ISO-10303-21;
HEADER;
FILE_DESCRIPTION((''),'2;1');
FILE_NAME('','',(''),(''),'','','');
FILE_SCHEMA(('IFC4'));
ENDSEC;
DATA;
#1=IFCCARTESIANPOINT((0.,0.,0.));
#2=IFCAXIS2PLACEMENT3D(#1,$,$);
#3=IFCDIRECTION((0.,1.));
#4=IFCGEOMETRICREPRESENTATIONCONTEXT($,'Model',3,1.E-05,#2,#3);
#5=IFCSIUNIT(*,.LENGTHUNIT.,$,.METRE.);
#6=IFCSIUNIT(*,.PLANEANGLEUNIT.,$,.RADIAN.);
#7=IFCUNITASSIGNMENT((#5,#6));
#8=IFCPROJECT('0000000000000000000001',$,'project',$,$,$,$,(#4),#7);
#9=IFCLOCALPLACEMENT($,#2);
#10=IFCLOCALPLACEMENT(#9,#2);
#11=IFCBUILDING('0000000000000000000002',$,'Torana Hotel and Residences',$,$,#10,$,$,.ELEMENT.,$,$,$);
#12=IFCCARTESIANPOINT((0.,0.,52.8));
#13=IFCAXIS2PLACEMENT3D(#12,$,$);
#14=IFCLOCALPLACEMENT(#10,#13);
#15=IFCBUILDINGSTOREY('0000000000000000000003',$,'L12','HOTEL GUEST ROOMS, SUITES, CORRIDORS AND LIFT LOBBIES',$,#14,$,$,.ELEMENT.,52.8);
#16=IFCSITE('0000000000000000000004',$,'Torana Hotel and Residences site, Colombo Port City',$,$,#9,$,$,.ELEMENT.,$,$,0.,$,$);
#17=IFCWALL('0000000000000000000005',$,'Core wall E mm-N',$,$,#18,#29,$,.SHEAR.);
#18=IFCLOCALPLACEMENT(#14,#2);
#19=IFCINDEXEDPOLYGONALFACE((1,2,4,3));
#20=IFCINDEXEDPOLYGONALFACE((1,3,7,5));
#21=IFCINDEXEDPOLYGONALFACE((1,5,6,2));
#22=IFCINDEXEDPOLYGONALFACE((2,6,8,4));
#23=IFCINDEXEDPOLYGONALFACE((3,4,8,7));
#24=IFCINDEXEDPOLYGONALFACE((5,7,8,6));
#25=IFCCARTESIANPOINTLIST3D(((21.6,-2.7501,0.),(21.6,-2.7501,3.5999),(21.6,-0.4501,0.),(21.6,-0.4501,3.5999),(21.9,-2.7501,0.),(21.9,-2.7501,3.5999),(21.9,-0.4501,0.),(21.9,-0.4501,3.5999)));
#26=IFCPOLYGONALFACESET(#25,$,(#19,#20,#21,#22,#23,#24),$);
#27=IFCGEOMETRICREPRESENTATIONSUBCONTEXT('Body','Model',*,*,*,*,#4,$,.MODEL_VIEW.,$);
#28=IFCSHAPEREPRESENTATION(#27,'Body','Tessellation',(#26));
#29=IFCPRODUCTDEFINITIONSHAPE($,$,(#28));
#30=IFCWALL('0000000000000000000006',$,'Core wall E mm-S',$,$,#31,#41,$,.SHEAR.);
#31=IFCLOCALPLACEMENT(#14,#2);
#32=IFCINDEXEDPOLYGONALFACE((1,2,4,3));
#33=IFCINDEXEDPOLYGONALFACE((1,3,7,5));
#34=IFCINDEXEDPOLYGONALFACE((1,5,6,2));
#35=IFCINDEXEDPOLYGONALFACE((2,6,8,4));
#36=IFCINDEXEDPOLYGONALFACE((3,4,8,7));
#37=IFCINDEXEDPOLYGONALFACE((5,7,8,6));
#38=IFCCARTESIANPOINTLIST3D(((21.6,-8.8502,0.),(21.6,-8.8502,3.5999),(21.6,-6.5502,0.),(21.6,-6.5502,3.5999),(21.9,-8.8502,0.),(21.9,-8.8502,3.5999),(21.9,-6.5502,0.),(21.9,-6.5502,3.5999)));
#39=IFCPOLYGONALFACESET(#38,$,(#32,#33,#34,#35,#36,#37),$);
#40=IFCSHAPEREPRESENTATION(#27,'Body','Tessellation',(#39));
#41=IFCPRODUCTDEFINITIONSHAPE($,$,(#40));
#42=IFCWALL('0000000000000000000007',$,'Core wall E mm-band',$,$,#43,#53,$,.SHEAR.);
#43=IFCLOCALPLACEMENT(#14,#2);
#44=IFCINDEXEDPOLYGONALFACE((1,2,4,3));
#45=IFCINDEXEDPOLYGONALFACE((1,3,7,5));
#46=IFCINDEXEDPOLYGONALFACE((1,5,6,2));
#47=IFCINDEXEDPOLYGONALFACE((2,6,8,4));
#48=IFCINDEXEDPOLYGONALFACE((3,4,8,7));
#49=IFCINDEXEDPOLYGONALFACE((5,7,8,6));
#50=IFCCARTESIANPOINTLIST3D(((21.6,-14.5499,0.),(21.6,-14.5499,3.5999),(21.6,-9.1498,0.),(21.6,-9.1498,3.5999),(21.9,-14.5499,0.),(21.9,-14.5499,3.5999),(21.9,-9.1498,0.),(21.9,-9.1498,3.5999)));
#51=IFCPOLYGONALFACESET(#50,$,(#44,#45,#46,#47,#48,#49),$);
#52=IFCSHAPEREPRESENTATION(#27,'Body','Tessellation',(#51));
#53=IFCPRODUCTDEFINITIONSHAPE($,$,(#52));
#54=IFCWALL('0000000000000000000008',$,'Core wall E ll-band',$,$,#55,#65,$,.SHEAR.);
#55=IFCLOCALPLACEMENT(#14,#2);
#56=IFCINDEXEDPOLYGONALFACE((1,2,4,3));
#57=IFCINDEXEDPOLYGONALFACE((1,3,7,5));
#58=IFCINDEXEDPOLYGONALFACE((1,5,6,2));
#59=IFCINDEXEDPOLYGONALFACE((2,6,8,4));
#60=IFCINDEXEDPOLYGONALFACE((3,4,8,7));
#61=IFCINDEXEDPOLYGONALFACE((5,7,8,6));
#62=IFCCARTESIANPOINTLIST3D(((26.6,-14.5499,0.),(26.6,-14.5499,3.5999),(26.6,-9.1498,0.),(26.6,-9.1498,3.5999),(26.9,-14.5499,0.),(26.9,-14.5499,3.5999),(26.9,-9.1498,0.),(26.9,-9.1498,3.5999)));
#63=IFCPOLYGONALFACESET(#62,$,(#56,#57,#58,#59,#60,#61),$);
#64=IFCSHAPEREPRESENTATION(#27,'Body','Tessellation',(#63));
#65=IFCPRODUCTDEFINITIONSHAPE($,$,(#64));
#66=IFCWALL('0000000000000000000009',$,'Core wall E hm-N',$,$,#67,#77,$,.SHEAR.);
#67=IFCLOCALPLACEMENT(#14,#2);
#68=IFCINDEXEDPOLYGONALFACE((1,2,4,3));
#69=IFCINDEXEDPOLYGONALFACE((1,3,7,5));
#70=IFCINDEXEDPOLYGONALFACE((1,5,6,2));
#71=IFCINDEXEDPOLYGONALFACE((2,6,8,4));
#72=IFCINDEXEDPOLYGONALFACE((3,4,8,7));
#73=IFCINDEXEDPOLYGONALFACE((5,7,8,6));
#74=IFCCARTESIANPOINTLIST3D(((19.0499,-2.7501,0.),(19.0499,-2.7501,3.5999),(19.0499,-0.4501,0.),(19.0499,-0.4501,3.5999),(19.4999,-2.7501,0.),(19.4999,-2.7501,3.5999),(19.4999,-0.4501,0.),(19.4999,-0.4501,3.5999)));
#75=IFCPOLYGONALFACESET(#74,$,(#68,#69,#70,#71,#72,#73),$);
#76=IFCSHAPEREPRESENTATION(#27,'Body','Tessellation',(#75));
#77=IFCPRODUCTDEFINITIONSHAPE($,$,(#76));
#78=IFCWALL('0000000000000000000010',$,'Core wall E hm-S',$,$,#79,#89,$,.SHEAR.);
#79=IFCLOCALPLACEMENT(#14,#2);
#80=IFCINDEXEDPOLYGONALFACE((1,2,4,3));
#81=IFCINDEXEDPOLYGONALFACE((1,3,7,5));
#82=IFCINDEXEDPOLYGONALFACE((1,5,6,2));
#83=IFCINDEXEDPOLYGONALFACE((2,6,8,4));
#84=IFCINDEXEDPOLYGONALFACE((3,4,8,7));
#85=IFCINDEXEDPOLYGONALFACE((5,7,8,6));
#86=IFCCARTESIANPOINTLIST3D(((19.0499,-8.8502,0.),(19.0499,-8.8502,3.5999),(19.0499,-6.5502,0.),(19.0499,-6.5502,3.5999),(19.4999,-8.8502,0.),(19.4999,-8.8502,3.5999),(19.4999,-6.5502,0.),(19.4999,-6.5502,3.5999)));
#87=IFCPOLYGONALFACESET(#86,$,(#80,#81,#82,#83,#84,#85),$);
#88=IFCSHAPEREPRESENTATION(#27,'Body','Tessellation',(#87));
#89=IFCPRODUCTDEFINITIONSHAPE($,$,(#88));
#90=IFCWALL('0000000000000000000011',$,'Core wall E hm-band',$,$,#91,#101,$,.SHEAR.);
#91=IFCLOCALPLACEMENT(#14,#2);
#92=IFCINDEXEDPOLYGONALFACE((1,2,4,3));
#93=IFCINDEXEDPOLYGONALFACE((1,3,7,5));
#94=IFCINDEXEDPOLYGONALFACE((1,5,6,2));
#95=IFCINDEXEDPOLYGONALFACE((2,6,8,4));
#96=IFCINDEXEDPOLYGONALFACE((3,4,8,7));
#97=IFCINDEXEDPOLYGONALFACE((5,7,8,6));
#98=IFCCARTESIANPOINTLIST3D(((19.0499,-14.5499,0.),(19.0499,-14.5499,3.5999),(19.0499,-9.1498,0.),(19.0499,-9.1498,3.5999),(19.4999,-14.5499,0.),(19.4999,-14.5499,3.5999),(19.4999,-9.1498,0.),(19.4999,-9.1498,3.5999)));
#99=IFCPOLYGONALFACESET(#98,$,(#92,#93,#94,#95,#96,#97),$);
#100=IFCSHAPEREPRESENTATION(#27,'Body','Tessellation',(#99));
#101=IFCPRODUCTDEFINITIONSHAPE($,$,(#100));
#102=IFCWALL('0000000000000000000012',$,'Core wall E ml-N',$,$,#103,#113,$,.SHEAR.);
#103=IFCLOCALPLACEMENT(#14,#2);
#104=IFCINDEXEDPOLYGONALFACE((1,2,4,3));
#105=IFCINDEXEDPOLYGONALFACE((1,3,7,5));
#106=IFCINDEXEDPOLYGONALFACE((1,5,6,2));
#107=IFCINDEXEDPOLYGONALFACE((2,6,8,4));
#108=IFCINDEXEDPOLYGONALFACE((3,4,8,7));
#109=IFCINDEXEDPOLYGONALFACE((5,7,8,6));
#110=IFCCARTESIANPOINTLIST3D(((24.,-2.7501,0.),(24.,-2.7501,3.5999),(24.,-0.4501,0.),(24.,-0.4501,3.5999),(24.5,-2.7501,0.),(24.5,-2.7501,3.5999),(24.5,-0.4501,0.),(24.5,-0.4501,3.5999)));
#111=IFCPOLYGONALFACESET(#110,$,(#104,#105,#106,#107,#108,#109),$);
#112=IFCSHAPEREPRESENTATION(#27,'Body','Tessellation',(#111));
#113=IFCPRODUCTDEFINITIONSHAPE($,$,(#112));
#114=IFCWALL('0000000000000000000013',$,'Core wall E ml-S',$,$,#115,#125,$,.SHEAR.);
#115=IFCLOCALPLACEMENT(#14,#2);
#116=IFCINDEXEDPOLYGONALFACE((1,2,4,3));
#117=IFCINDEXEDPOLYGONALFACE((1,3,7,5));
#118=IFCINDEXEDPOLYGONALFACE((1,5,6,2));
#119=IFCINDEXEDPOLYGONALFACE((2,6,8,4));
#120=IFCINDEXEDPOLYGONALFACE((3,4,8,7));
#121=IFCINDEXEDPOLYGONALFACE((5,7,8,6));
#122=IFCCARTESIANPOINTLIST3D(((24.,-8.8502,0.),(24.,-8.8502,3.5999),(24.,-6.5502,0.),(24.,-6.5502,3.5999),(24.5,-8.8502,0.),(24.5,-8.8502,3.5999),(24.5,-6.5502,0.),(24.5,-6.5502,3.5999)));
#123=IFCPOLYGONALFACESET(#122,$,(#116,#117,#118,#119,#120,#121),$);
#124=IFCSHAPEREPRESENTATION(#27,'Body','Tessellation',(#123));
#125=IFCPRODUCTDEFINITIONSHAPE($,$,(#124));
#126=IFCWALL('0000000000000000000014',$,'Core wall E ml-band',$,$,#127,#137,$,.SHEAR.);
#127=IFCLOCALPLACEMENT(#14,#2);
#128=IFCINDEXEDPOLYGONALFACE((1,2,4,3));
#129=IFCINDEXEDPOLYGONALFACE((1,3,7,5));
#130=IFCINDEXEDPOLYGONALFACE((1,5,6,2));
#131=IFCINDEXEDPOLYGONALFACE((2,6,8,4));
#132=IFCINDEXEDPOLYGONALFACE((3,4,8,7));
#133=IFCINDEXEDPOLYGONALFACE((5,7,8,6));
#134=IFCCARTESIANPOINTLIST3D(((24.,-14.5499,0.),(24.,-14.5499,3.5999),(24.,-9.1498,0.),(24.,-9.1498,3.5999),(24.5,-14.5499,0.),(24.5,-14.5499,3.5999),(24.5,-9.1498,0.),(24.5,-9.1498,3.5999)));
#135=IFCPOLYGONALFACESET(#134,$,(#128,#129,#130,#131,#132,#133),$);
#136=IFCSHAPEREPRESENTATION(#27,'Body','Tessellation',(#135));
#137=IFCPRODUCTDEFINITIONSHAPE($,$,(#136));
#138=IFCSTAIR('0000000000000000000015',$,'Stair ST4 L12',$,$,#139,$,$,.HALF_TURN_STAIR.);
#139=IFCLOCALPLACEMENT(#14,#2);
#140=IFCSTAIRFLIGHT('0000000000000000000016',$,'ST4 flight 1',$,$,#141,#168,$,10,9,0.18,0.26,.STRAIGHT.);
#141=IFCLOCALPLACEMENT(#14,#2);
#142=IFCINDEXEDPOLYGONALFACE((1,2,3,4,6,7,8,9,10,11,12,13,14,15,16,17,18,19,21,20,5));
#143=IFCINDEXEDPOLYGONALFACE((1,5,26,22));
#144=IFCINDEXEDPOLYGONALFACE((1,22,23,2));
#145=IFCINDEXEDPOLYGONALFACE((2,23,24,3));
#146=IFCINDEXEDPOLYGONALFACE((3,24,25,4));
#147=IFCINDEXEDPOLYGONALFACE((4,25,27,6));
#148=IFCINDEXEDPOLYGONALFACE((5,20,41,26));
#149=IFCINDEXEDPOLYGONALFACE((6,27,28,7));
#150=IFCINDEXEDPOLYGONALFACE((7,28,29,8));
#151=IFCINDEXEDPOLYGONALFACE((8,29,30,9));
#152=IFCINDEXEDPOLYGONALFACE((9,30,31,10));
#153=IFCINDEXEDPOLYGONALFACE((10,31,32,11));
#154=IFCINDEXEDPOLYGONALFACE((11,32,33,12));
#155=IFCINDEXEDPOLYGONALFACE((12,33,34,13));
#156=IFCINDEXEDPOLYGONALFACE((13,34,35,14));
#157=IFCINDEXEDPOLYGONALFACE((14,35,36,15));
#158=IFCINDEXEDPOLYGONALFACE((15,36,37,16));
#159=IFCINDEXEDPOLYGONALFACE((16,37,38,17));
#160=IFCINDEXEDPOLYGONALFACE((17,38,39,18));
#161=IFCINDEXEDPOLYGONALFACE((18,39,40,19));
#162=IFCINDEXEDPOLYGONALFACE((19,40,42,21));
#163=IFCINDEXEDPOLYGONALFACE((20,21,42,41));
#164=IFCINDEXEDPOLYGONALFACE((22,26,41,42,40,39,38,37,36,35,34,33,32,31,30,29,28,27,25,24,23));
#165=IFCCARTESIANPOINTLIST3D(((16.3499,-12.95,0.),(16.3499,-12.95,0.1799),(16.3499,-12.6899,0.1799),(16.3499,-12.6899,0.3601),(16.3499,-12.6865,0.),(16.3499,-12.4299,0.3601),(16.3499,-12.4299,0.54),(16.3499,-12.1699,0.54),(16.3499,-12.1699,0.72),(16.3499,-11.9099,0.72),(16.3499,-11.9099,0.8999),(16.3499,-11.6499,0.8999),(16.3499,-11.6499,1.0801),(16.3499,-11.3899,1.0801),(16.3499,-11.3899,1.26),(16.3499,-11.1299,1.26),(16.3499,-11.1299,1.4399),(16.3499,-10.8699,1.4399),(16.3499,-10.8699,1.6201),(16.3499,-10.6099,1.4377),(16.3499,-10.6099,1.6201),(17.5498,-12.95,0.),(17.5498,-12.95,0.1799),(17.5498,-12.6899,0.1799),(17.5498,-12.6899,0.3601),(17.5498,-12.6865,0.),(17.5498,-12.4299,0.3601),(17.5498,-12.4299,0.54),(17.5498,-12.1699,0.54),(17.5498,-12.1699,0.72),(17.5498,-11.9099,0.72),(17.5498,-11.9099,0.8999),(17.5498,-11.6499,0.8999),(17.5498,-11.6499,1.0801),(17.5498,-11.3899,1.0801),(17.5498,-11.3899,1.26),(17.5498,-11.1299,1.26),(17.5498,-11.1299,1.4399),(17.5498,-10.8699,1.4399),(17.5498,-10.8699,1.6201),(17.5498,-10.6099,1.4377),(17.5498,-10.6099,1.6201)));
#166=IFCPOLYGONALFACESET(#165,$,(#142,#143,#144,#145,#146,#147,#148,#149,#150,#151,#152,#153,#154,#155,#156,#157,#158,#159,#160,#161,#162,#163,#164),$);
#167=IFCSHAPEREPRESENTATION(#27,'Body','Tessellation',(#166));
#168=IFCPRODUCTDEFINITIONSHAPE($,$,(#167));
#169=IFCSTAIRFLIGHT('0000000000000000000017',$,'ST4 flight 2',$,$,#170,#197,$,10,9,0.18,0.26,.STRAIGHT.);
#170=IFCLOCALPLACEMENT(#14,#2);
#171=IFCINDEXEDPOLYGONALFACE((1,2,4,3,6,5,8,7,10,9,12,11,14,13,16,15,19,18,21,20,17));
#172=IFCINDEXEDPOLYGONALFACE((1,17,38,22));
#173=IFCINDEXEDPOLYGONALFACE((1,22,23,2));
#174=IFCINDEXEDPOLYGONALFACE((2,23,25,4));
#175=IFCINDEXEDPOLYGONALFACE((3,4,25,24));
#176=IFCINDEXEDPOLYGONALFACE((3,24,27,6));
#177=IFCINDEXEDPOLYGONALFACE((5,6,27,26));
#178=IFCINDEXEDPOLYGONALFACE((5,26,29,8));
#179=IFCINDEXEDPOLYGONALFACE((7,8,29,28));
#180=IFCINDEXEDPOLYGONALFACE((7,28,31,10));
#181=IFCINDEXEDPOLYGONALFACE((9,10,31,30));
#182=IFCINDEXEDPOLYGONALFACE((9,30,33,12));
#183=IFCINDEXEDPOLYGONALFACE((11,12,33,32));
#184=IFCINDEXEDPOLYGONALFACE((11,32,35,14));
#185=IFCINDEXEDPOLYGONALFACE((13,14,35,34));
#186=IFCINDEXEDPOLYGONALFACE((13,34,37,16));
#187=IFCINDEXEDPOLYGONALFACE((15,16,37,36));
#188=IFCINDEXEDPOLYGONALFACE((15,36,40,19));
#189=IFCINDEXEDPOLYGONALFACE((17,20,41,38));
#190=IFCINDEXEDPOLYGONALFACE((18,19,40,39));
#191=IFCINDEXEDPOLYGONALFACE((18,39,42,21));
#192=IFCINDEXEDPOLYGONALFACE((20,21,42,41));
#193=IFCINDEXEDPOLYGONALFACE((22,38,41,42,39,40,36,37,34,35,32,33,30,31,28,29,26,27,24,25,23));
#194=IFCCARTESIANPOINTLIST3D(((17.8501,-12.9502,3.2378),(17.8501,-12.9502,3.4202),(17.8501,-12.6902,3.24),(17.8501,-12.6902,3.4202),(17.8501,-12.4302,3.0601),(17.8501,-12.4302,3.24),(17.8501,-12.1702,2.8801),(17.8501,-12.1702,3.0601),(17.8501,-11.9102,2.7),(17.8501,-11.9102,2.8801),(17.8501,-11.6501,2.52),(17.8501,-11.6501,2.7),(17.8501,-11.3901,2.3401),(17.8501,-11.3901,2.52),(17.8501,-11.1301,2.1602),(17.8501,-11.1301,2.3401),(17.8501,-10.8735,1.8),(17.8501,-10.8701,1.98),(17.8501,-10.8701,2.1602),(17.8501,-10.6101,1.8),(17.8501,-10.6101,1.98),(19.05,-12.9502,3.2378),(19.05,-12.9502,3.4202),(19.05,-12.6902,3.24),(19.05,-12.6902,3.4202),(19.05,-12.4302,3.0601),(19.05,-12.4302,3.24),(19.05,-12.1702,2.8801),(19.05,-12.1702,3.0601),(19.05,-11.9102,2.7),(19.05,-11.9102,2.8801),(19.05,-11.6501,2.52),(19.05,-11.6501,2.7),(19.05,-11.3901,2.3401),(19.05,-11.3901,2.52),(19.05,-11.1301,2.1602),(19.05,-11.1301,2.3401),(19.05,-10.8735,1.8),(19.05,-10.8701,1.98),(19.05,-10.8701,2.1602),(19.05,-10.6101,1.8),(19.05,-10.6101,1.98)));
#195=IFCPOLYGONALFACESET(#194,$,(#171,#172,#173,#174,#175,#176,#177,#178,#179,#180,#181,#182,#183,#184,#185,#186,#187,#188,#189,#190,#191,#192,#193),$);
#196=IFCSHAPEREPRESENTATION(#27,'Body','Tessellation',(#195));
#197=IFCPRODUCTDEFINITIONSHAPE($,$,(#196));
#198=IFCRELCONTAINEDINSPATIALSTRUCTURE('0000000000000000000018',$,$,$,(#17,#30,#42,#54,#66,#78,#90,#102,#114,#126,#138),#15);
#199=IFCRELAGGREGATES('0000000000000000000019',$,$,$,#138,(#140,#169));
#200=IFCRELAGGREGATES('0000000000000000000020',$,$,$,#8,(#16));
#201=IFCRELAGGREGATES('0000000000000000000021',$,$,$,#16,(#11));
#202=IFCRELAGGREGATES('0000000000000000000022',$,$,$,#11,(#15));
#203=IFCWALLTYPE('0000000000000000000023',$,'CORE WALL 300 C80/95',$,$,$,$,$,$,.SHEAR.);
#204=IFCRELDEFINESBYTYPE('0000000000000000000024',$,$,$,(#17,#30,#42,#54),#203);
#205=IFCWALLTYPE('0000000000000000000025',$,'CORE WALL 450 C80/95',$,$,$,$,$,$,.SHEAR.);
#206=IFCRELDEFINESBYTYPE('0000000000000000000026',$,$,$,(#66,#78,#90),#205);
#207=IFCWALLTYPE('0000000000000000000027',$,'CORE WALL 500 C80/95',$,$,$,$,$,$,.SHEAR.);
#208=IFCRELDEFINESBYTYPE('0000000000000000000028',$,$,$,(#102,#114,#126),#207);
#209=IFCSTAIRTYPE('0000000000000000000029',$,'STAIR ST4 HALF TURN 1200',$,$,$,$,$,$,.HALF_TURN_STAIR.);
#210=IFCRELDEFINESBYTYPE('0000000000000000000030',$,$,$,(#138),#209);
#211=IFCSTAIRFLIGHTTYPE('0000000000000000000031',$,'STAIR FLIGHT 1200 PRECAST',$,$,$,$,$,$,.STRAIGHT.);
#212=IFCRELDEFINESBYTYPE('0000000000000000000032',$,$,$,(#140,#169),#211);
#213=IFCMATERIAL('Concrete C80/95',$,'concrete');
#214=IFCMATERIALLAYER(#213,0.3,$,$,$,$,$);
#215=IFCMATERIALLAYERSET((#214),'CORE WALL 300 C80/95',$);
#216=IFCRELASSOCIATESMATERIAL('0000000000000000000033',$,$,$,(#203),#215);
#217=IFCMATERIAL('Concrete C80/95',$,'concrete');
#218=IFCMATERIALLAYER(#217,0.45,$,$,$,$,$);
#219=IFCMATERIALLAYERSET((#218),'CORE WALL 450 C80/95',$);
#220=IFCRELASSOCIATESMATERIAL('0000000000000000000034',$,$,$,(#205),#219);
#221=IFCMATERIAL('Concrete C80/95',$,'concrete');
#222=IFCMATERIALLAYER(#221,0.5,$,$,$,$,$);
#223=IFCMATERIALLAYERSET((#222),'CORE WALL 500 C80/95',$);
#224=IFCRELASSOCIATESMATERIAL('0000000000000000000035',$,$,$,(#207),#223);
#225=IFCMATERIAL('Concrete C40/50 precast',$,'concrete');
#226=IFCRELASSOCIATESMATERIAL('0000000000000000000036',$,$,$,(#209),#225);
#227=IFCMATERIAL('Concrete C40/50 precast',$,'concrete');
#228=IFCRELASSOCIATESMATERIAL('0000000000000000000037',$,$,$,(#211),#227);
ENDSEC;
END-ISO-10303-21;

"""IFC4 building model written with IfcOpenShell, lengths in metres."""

from ifc_helpers import new_model, si_unit, direction, frame, frame_2d, origin, place, context, subcontext, project, spatial, polyline, rectangle, outline, extrude, material, layer, layer_set, type_object, element, aggregate, save


model = new_model("IFC4")

# Units and contexts
model_context = context("Model", 3, precision=1e-05, world=origin(), true_north=direction((0.0, 1.0)))
body_context = subcontext(model_context, "Body", "Model", "MODEL_VIEW")
ifc_project = project(units=[si_unit("LENGTHUNIT", "METRE"), si_unit("PLANEANGLEUNIT", "RADIAN")], contexts=[model_context])

# Site, building, storey
site_placement = place(None, origin())
site = spatial("IfcSite", under=ifc_project, at=site_placement, Name="Torana Hotel and Residences site, Colombo Port City", CompositionType="ELEMENT", RefElevation=0.0)
building_placement = place(site_placement, origin())
building = spatial("IfcBuilding", under=site, at=building_placement, Name="Torana Hotel and Residences", CompositionType="ELEMENT")
storey_placement = place(building_placement, frame((0.0, 0.0, 52.8)))
storey = spatial("IfcBuildingStorey", under=building, at=storey_placement, Name="L12", Description="HOTEL GUEST ROOMS, SUITES, CORRIDORS AND LIFT LOBBIES", CompositionType="ELEMENT", Elevation=52.8)

# Walls
ifc_material_1 = material(Name="Concrete C80/95", Category="concrete")
ifc_layer_1 = layer(ifc_material_1, 0.3)
ifc_layer_set_1 = layer_set([ifc_layer_1], Name="CORE WALL 300 C80/95")
wall_type_1 = type_object("IfcWallType", Name="CORE WALL 300 C80/95", PredefinedType="SHEAR", material=ifc_layer_set_1)
for number, where, z_axis, x_axis, name in (
    (1, (21.75, -2.75, 0.0), (0.0, 0.0, 1.0), (0.0, 1.0, 0.0), "Core wall E mm-N"),
    (2, (21.75, -8.8501, 0.0), (0.0, 0.0, 1.0), (0.0, 1.0, 0.0), "Core wall E mm-S"),
):
    element("IfcWall", number, at=place(storey_placement, frame(where, z_axis=z_axis, x_axis=x_axis)), inside=storey, type_object=wall_type_1, Name=name, PredefinedType="SHEAR", context=body_context, shape_type="SweptSolid", body=[
        extrude(rectangle(XDim=2.3, YDim=0.3, at=frame_2d((1.1499, 0.0))), origin(), (0.0, 0.0, 1.0), 3.5999),
    ])
for number, where, z_axis, x_axis, name in (
    (3, (21.75, -14.55, 0.0), (0.0, 0.0, 1.0), (0.0, 1.0, 0.0), "Core wall E mm-band"),
    (4, (26.75, -14.55, 0.0), (0.0, 0.0, 1.0), (0.0, 1.0, 0.0), "Core wall E ll-band"),
):
    element("IfcWall", number, at=place(storey_placement, frame(where, z_axis=z_axis, x_axis=x_axis)), inside=storey, type_object=wall_type_1, Name=name, PredefinedType="SHEAR", context=body_context, shape_type="SweptSolid", body=[
        extrude(rectangle(XDim=5.4001, YDim=0.3, at=frame_2d((2.7002, 0.0))), origin(), (0.0, 0.0, 1.0), 3.5999),
    ])
ifc_material_2 = material(Name="Concrete C80/95", Category="concrete")
ifc_layer_2 = layer(ifc_material_2, 0.45)
ifc_layer_set_2 = layer_set([ifc_layer_2], Name="CORE WALL 450 C80/95")
wall_type_2 = type_object("IfcWallType", Name="CORE WALL 450 C80/95", PredefinedType="SHEAR", material=ifc_layer_set_2)
for number, where, z_axis, x_axis, name in (
    (5, (19.2749, -2.75, 0.0), (0.0, 0.0, 1.0), (0.0, 1.0, 0.0), "Core wall E hm-N"),
    (6, (19.2749, -8.8501, 0.0), (0.0, 0.0, 1.0), (0.0, 1.0, 0.0), "Core wall E hm-S"),
):
    element("IfcWall", number, at=place(storey_placement, frame(where, z_axis=z_axis, x_axis=x_axis)), inside=storey, type_object=wall_type_2, Name=name, PredefinedType="SHEAR", context=body_context, shape_type="SweptSolid", body=[
        extrude(rectangle(XDim=2.3, YDim=0.45, at=frame_2d((1.1499, 0.0))), origin(), (0.0, 0.0, 1.0), 3.5999),
    ])
wall_1_placement = place(storey_placement, frame((19.2749, -14.55, 0.0), z_axis=(0.0, 0.0, 1.0), x_axis=(0.0, 1.0, 0.0)))
element("IfcWall", 7, at=wall_1_placement, inside=storey, type_object=wall_type_2, Name="Core wall E hm-band", PredefinedType="SHEAR", context=body_context, shape_type="SweptSolid", body=[
    extrude(rectangle(XDim=5.4001, YDim=0.45, at=frame_2d((2.7002, 0.0))), origin(), (0.0, 0.0, 1.0), 3.5999),
])
ifc_material_3 = material(Name="Concrete C80/95", Category="concrete")
ifc_layer_3 = layer(ifc_material_3, 0.5)
ifc_layer_set_3 = layer_set([ifc_layer_3], Name="CORE WALL 500 C80/95")
wall_type_3 = type_object("IfcWallType", Name="CORE WALL 500 C80/95", PredefinedType="SHEAR", material=ifc_layer_set_3)
for number, where, z_axis, x_axis, name in (
    (8, (24.25, -2.75, 0.0), (0.0, 0.0, 1.0), (0.0, 1.0, 0.0), "Core wall E ml-N"),
    (9, (24.25, -8.8501, 0.0), (0.0, 0.0, 1.0), (0.0, 1.0, 0.0), "Core wall E ml-S"),
):
    element("IfcWall", number, at=place(storey_placement, frame(where, z_axis=z_axis, x_axis=x_axis)), inside=storey, type_object=wall_type_3, Name=name, PredefinedType="SHEAR", context=body_context, shape_type="SweptSolid", body=[
        extrude(rectangle(XDim=2.3, YDim=0.5, at=frame_2d((1.1499, 0.0))), origin(), (0.0, 0.0, 1.0), 3.5999),
    ])
wall_2_placement = place(storey_placement, frame((24.25, -14.55, 0.0), z_axis=(0.0, 0.0, 1.0), x_axis=(0.0, 1.0, 0.0)))
element("IfcWall", 10, at=wall_2_placement, inside=storey, type_object=wall_type_3, Name="Core wall E ml-band", PredefinedType="SHEAR", context=body_context, shape_type="SweptSolid", body=[
    extrude(rectangle(XDim=5.4001, YDim=0.5, at=frame_2d((2.7002, 0.0))), origin(), (0.0, 0.0, 1.0), 3.5999),
])

# Stair, stair flights
ifc_material_4 = material(Name="Concrete C40/50 precast", Category="concrete")
stair_type = type_object("IfcStairType", Name="STAIR ST4 HALF TURN 1200", PredefinedType="HALF_TURN_STAIR", material=ifc_material_4)
stair_placement = place(storey_placement, origin())
stair = element("IfcStair", 11, at=stair_placement, inside=storey, type_object=stair_type, Name="Stair ST4 L12", PredefinedType="HALF_TURN_STAIR")
ifc_material_5 = material(Name="Concrete C40/50 precast", Category="concrete")
stair_flight_type = type_object("IfcStairFlightType", Name="STAIR FLIGHT 1200 PRECAST", PredefinedType="STRAIGHT", material=ifc_material_5)
stair_flight_1_placement = place(storey_placement, frame((16.95, -12.95, 0.0), z_axis=(0.0, 0.0, 1.0), x_axis=(0.0, 1.0, 0.0)))
stair_flight_1 = element("IfcStairFlight", 12, at=stair_flight_1_placement, type_object=stair_flight_type, Name="ST4 flight 1", NumberOfRisers=10, NumberOfTreads=9, PredefinedType="STRAIGHT", RiserHeight=0.18, TreadLength=0.26, context=body_context, shape_type="SweptSolid", body=[
    extrude(outline(polyline([(0.0, 0.0), (0.0, 0.1799), (0.26, 0.1799), (0.26, 0.3601), (0.52, 0.3601), (0.52, 0.54), (0.78, 0.54), (0.78, 0.72), (1.04, 0.72), (1.04, 0.8999), (1.3, 0.8999), (1.3, 1.0801), (1.5601, 1.0801), (1.5601, 1.26), (1.8201, 1.26), (1.8201, 1.4399), (2.0801, 1.4399), (2.0801, 1.6201), (2.3401, 1.6201), (2.3401, 1.8), (2.3401, 1.4377), (0.2634, 0.0), (0.0, 0.0)])), frame((0.0, 0.6001, 0.0), z_axis=(0.0, -1.0, 0.0), x_axis=(1.0, 0.0, 0.0)), (0.0, 0.0, 1.0), 1.2),
])
stair_flight_2_placement = place(storey_placement, frame((18.45, -10.6101, 1.8), z_axis=(0.0, 0.0, 1.0), x_axis=(0.0, -1.0, 0.0)))
stair_flight_2 = element("IfcStairFlight", 13, at=stair_flight_2_placement, type_object=stair_flight_type, Name="ST4 flight 2", NumberOfRisers=10, NumberOfTreads=9, PredefinedType="STRAIGHT", RiserHeight=0.18, TreadLength=0.26, context=body_context, shape_type="SweptSolid", body=[
    extrude(outline(polyline([(0.0, 0.0), (0.0, 0.1799), (0.26, 0.1799), (0.26, 0.3601), (0.52, 0.3601), (0.52, 0.54), (0.78, 0.54), (0.78, 0.72), (1.04, 0.72), (1.04, 0.8999), (1.3, 0.8999), (1.3, 1.0801), (1.5601, 1.0801), (1.5601, 1.26), (1.8201, 1.26), (1.8201, 1.4399), (2.0801, 1.4399), (2.0801, 1.6201), (2.3401, 1.6201), (2.3401, 1.8), (2.3401, 1.4377), (0.2634, 0.0), (0.0, 0.0)])), frame((0.0, 0.6001, 0.0), z_axis=(0.0, -1.0, 0.0), x_axis=(1.0, 0.0, 0.0)), (0.0, 0.0, 1.0), 1.2),
])
aggregate(stair, [stair_flight_1, stair_flight_2])

save(model, "model.ifc")
